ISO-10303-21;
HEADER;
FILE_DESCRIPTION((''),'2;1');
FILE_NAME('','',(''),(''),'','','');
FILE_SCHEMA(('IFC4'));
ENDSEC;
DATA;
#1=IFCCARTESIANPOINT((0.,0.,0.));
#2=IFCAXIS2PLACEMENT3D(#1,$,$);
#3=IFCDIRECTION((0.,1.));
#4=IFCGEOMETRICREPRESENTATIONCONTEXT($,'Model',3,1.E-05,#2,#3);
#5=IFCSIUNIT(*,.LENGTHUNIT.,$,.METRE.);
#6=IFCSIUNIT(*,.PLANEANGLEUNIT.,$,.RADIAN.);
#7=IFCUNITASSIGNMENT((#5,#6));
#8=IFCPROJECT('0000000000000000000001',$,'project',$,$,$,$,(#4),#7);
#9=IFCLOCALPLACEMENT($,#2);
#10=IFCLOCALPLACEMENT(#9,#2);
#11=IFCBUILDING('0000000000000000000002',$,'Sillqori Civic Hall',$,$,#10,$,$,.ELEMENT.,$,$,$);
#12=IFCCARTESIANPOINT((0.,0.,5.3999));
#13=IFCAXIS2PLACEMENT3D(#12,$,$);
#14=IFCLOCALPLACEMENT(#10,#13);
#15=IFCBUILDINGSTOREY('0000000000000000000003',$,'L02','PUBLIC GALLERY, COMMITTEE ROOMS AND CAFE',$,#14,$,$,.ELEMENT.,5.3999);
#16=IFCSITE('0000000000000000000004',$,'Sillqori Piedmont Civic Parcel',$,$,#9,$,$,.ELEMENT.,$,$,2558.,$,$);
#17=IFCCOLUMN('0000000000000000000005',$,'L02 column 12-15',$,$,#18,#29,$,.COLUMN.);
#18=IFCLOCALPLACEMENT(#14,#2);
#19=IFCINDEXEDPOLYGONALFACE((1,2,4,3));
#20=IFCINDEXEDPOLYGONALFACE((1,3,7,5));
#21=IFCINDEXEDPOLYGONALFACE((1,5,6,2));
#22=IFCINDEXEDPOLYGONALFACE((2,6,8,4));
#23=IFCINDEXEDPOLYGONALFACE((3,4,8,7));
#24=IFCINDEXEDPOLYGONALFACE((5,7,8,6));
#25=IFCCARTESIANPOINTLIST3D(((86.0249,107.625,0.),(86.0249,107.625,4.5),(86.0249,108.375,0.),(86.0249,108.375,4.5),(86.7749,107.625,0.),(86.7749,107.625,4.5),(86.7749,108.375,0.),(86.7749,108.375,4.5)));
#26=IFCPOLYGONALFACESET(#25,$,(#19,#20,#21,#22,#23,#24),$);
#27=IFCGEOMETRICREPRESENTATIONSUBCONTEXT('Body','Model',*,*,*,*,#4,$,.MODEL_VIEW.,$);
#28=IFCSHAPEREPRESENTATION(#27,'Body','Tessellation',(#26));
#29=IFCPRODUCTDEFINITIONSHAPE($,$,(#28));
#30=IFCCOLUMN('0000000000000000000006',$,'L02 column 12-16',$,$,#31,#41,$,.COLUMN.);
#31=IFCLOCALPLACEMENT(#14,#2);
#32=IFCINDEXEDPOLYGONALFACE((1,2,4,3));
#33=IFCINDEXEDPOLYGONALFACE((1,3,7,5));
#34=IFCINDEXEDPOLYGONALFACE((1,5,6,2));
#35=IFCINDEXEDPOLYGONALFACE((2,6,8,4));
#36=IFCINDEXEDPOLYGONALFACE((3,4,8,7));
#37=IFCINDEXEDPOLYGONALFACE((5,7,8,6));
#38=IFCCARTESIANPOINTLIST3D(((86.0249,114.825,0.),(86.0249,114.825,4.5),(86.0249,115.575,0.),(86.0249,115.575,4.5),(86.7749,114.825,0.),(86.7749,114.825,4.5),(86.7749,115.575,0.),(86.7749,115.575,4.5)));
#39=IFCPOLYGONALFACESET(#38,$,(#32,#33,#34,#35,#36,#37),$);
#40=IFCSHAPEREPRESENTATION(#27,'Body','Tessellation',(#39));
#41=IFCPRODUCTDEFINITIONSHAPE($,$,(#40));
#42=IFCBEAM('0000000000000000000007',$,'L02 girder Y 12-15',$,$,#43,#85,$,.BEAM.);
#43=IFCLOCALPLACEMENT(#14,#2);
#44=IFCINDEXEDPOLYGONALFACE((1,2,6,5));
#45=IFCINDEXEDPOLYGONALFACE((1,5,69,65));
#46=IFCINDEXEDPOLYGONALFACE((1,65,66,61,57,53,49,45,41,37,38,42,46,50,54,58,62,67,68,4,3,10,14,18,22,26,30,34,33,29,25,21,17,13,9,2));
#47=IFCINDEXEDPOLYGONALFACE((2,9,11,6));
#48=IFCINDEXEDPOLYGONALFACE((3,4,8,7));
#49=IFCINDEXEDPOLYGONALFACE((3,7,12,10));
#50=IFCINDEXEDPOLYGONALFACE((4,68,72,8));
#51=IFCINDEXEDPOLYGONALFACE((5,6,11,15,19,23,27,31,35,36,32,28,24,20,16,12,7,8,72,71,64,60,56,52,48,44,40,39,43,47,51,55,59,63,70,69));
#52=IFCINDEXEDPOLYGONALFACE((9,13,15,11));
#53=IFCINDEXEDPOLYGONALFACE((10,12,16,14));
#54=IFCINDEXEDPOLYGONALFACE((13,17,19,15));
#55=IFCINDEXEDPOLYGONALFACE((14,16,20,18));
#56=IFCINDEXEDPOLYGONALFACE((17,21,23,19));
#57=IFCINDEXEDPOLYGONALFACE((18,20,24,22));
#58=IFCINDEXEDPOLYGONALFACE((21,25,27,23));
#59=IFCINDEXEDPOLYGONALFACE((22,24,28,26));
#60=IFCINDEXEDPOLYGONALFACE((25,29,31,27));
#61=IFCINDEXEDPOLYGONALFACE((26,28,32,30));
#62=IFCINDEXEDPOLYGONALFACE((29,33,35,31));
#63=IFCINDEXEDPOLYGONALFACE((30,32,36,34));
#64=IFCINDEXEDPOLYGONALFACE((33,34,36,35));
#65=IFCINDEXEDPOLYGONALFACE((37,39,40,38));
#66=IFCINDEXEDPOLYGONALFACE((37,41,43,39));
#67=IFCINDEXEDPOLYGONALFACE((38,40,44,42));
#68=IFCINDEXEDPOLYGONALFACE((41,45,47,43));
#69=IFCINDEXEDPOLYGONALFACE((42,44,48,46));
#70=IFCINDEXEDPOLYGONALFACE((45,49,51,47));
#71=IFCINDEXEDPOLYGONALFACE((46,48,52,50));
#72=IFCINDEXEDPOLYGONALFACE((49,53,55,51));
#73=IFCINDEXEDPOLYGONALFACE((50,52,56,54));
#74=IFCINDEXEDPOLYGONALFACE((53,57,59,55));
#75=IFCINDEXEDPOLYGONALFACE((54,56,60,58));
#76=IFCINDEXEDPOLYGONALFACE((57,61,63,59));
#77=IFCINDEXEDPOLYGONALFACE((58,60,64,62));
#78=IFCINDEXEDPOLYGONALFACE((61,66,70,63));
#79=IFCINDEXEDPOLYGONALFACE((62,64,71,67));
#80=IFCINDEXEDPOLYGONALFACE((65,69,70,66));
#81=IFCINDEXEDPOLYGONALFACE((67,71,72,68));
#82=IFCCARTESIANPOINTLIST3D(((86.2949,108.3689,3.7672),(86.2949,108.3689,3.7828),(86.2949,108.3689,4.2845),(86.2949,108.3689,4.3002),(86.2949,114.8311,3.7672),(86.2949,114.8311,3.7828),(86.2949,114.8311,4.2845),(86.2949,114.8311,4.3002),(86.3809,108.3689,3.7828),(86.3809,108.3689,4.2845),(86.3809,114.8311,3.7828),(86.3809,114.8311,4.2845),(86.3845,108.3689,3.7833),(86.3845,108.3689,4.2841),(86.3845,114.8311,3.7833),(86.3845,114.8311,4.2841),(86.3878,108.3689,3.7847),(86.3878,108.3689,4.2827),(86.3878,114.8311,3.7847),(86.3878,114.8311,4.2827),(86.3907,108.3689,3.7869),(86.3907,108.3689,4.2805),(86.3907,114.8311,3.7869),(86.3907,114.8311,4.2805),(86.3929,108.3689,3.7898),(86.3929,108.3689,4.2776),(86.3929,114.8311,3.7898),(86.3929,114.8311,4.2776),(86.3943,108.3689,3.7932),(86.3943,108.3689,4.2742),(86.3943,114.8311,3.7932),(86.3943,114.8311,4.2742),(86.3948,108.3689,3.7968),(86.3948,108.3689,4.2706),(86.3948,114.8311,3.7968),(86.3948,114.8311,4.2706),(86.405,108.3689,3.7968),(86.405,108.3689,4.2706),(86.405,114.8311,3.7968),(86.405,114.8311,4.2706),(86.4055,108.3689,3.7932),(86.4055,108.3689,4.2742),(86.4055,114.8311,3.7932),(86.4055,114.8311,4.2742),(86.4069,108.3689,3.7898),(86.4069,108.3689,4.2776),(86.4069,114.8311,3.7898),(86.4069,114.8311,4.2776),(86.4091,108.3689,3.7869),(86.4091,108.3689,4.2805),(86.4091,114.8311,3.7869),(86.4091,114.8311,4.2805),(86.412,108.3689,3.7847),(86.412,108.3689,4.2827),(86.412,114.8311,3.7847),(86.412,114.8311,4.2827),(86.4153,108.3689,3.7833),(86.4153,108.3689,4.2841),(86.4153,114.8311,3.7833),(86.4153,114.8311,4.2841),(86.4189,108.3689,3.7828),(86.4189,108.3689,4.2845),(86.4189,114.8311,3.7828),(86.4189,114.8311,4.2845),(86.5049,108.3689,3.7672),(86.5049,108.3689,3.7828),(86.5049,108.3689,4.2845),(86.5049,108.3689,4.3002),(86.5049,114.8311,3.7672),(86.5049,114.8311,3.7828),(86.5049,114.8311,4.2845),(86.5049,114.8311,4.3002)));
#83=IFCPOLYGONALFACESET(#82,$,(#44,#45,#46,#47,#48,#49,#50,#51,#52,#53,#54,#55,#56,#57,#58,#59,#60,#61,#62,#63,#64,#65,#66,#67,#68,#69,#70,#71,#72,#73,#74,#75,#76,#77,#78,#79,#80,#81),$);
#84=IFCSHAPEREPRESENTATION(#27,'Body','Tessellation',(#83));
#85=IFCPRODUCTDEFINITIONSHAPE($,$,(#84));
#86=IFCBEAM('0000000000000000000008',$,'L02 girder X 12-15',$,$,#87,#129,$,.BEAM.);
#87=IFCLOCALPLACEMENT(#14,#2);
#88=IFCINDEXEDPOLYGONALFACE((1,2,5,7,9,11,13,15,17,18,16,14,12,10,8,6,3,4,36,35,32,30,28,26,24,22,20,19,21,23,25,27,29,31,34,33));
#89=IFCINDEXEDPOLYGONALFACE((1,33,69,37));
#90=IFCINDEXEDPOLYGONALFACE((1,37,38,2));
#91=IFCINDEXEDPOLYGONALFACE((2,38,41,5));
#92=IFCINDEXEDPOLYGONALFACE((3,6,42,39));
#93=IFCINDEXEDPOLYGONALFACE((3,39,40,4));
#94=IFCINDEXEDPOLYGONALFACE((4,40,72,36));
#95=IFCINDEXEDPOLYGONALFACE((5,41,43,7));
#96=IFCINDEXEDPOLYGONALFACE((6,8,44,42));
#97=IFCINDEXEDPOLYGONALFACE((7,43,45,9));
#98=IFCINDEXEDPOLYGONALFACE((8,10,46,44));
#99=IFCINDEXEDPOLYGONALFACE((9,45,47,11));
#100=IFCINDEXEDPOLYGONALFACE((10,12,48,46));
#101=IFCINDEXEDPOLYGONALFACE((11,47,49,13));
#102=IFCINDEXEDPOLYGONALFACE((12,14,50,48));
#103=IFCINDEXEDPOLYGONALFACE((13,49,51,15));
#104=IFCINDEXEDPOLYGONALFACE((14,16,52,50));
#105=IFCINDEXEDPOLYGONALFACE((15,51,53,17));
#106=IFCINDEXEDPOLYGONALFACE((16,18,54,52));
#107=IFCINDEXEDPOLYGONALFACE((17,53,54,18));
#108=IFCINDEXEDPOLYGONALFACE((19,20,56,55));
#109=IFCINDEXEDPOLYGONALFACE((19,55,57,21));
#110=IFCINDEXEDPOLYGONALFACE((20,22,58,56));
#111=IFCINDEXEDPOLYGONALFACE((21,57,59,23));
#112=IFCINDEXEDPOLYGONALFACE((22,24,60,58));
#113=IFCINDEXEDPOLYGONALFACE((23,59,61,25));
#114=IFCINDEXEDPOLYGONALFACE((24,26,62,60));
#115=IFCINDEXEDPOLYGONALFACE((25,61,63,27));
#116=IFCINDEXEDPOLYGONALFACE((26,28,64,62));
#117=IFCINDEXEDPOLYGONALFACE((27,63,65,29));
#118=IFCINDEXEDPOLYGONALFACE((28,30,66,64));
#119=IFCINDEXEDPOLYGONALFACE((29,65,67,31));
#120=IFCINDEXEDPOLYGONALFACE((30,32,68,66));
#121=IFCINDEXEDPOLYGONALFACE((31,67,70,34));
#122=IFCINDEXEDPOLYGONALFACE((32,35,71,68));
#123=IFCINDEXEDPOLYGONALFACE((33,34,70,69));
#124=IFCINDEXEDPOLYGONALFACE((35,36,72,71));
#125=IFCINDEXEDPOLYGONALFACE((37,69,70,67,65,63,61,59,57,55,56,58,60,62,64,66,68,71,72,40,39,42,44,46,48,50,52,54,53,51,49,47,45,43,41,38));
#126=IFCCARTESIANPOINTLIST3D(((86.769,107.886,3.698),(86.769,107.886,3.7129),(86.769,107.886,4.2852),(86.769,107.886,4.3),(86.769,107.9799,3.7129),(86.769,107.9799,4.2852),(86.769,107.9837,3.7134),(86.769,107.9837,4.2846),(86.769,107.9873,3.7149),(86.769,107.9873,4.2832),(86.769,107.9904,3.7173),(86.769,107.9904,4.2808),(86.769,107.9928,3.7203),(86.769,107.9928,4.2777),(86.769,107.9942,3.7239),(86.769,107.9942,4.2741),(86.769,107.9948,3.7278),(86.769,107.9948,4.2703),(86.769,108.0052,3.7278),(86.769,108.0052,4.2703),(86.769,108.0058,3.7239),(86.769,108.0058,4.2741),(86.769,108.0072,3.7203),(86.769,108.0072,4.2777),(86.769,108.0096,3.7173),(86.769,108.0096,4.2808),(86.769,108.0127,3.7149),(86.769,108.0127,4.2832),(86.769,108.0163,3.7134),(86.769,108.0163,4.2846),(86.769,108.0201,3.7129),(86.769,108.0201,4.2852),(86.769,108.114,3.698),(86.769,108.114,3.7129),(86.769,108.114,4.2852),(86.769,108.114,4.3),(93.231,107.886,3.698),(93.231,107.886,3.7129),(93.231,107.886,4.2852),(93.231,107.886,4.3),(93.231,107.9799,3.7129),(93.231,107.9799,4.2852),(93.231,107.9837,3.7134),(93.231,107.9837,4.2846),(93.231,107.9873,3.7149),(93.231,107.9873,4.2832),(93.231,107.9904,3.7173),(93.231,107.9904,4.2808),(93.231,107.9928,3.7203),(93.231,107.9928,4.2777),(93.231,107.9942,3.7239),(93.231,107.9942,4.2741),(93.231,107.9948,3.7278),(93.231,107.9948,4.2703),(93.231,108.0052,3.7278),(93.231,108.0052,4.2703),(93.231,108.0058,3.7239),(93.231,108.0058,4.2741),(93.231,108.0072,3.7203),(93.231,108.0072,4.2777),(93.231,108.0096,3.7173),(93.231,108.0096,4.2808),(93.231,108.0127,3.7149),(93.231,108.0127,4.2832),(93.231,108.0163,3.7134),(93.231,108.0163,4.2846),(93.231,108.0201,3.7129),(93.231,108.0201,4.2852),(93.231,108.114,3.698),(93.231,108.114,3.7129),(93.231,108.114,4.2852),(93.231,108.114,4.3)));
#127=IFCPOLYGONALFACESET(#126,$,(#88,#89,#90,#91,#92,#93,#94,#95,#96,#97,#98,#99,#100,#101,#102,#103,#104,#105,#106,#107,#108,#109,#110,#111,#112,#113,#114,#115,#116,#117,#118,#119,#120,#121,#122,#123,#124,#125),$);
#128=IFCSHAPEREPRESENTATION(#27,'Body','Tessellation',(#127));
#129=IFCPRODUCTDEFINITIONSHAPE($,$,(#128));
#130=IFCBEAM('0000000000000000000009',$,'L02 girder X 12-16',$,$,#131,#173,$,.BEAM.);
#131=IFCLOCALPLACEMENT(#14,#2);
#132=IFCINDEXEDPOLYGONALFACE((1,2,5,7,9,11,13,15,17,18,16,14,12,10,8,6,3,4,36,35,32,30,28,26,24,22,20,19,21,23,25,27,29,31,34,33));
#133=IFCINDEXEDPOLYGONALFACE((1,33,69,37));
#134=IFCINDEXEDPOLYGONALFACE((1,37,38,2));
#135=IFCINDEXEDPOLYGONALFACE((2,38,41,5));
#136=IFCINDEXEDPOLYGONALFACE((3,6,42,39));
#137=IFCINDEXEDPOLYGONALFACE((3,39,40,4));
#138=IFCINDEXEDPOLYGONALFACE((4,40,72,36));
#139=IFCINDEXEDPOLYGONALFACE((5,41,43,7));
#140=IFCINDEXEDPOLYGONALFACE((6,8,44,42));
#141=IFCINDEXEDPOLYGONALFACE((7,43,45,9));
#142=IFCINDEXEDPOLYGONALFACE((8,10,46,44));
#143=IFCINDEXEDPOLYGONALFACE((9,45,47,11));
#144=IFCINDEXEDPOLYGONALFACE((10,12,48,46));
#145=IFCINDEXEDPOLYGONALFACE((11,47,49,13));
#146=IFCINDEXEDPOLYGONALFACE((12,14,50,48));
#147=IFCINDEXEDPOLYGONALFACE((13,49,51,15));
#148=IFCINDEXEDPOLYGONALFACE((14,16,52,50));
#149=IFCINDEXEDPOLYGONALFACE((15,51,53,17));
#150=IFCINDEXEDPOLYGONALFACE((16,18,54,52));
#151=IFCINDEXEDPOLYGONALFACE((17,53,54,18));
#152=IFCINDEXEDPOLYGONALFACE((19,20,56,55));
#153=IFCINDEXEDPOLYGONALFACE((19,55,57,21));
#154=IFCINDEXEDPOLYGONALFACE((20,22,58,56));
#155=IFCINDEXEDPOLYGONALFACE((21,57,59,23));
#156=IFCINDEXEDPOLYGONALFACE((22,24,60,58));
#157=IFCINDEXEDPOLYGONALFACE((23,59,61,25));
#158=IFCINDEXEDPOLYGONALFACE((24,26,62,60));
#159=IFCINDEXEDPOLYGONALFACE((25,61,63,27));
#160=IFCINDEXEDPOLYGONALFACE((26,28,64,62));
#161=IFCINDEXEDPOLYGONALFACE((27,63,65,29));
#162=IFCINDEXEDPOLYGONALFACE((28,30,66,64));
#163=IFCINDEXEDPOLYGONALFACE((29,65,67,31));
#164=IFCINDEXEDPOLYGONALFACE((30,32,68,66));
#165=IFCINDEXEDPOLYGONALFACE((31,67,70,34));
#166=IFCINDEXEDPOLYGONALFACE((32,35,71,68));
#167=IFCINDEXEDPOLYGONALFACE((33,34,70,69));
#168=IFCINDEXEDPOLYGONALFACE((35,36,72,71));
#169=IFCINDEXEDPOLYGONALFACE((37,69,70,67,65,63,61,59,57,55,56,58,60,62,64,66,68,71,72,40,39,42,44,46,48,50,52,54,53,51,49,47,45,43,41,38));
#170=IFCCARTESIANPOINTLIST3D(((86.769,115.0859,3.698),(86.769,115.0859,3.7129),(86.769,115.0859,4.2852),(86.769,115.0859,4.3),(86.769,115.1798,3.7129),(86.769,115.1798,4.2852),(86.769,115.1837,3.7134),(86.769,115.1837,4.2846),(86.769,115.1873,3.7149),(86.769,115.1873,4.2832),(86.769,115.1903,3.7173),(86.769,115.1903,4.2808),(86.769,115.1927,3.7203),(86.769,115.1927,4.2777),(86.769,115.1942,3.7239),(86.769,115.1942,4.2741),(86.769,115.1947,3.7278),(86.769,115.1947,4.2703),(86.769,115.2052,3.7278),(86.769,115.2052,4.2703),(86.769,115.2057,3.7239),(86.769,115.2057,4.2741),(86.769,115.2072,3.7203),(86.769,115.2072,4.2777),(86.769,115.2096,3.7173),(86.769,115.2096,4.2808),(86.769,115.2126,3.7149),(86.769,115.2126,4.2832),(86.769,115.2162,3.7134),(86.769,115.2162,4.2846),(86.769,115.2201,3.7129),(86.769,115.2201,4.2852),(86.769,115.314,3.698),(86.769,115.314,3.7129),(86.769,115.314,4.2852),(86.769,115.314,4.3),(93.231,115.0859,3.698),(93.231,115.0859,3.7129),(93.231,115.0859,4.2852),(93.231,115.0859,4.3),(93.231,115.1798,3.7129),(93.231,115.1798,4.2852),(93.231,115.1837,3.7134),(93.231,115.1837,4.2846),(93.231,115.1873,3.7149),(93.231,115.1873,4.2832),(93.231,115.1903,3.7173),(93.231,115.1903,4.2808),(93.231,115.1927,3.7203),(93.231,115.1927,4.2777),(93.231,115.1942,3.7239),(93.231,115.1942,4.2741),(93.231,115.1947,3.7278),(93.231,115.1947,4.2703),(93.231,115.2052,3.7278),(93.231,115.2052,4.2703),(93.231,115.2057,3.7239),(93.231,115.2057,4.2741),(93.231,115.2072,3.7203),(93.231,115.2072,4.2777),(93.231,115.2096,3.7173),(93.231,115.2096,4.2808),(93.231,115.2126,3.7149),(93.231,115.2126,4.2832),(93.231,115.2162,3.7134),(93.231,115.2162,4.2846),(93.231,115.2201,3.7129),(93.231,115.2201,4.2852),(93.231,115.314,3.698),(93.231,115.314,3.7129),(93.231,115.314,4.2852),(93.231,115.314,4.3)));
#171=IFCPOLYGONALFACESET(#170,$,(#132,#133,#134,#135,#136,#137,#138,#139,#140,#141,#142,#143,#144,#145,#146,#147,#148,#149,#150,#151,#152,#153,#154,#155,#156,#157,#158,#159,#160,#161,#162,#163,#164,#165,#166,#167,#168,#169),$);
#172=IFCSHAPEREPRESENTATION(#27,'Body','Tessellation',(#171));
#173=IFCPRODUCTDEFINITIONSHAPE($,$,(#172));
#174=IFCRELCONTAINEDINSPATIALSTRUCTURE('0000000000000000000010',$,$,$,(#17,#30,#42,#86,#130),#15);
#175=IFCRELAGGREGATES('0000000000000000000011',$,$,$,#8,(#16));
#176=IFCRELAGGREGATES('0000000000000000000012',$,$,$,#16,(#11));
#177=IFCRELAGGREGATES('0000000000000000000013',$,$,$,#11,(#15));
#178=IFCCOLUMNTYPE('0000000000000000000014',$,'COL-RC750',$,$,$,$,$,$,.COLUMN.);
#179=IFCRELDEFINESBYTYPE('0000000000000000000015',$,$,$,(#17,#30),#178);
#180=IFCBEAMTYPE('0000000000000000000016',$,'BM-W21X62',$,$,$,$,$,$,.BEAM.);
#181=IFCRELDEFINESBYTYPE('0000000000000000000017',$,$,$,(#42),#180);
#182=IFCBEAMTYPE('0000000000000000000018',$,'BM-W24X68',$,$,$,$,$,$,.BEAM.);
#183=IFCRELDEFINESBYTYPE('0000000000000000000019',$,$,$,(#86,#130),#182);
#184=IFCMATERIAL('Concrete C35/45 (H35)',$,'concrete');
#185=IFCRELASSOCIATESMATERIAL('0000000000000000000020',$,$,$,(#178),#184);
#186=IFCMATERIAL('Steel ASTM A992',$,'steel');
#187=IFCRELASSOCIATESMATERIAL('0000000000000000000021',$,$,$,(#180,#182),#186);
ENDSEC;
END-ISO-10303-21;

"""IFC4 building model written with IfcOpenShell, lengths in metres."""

from ifc_helpers import new_model, si_unit, direction, frame, origin, origin_2d, place, context, subcontext, project, spatial, rectangle, i_section, extrude, material, material_profile, profile_set, type_object, element, save


model = new_model("IFC4")

# Units and contexts
model_context = context("Model", 3, precision=1e-05, world=origin(), true_north=direction((0.0, 1.0)))
body_context = subcontext(model_context, "Body", "Model", "MODEL_VIEW")
ifc_project = project(units=[si_unit("LENGTHUNIT", "METRE"), si_unit("PLANEANGLEUNIT", "RADIAN")], contexts=[model_context])

# Site, building, storey
site_placement = place(None, origin())
site = spatial("IfcSite", under=ifc_project, at=site_placement, Name="Sillqori Piedmont Civic Parcel", CompositionType="ELEMENT", RefElevation=2558.0)
building_placement = place(site_placement, origin())
building = spatial("IfcBuilding", under=site, at=building_placement, Name="Sillqori Civic Hall", CompositionType="ELEMENT")
storey_placement = place(building_placement, frame((0.0, 0.0, 5.3999)))
storey = spatial("IfcBuildingStorey", under=building, at=storey_placement, Name="L02", Description="PUBLIC GALLERY, COMMITTEE ROOMS AND CAFE", CompositionType="ELEMENT", Elevation=5.3999)

# Columns
ifc_material_1 = material(Name="Concrete C35/45 (H35)", Category="concrete")
ifc_material_profile_1 = material_profile(ifc_material_1, rectangle(XDim=0.75, YDim=0.75, at=origin_2d()), Name="RC 750x750")
ifc_profile_set_1 = profile_set([ifc_material_profile_1], Name="Concrete C35/45 (H35)")
column_type = type_object("IfcColumnType", Name="COL-RC750", PredefinedType="COLUMN", material=ifc_profile_set_1)
for number, where, z_axis, x_axis, name in (
    (1, (86.3999, 108.0, 0.0), (0.0, 0.0, 1.0), (1.0, 0.0, 0.0), "L02 column 12-15"),
    (2, (86.3999, 115.2, 0.0), (0.0, 0.0, 1.0), (1.0, 0.0, 0.0), "L02 column 12-16"),
):
    element("IfcColumn", number, at=place(storey_placement, frame(where, z_axis=z_axis, x_axis=x_axis)), inside=storey, type_object=column_type, Name=name, PredefinedType="COLUMN", context=body_context, shape_type="SweptSolid", body=[
        extrude(rectangle(XDim=0.75, YDim=0.75, at=origin_2d()), origin(), (0.0, 0.0, 1.0), 4.5),
    ])

# Beams
ifc_material_2 = material(Name="Steel ASTM A992", Category="steel")
ifc_material_profile_2 = material_profile(ifc_material_2, i_section(OverallWidth=0.21, OverallDepth=0.533, WebThickness=0.0103, FlangeThickness=0.0156, FilletRadius=0.0139, at=origin_2d()), Name="W21X62")
ifc_profile_set_2 = profile_set([ifc_material_profile_2], Name="Steel ASTM A992")
beam_type_1 = type_object("IfcBeamType", Name="BM-W21X62", PredefinedType="BEAM", material=ifc_profile_set_2)
beam_placement = place(storey_placement, frame((86.3999, 108.3689, 4.0337), z_axis=(0.0, 1.0, 0.0), x_axis=(-1.0, 0.0, 0.0)))
element("IfcBeam", 3, at=beam_placement, inside=storey, type_object=beam_type_1, Name="L02 girder Y 12-15", PredefinedType="BEAM", context=body_context, shape_type="SweptSolid", body=[
    extrude(i_section(OverallWidth=0.21, OverallDepth=0.533, WebThickness=0.0103, FlangeThickness=0.0156, FilletRadius=0.0139, at=origin_2d()), origin(), (0.0, 0.0, 1.0), 6.4622),
])
ifc_material_profile_3 = material_profile(ifc_material_2, i_section(OverallWidth=0.228, OverallDepth=0.6021, WebThickness=0.0105, FlangeThickness=0.0149, FilletRadius=0.0149, at=origin_2d()), Name="W24X68")
ifc_profile_set_3 = profile_set([ifc_material_profile_3], Name="Steel ASTM A992")
beam_type_2 = type_object("IfcBeamType", Name="BM-W24X68", PredefinedType="BEAM", material=ifc_profile_set_3)
for number, where, z_axis, x_axis, name in (
    (4, (86.769, 108.0, 3.999), (1.0, 0.0, 0.0), (0.0, 1.0, 0.0), "L02 girder X 12-15"),
    (5, (86.769, 115.2, 3.999), (1.0, 0.0, 0.0), (0.0, 1.0, 0.0), "L02 girder X 12-16"),
):
    element("IfcBeam", number, at=place(storey_placement, frame(where, z_axis=z_axis, x_axis=x_axis)), inside=storey, type_object=beam_type_2, Name=name, PredefinedType="BEAM", context=body_context, shape_type="SweptSolid", body=[
        extrude(i_section(OverallWidth=0.228, OverallDepth=0.6021, WebThickness=0.0105, FlangeThickness=0.0149, FilletRadius=0.0149, at=origin_2d()), origin(), (0.0, 0.0, 1.0), 6.4619),
    ])

save(model, "model.ifc")
